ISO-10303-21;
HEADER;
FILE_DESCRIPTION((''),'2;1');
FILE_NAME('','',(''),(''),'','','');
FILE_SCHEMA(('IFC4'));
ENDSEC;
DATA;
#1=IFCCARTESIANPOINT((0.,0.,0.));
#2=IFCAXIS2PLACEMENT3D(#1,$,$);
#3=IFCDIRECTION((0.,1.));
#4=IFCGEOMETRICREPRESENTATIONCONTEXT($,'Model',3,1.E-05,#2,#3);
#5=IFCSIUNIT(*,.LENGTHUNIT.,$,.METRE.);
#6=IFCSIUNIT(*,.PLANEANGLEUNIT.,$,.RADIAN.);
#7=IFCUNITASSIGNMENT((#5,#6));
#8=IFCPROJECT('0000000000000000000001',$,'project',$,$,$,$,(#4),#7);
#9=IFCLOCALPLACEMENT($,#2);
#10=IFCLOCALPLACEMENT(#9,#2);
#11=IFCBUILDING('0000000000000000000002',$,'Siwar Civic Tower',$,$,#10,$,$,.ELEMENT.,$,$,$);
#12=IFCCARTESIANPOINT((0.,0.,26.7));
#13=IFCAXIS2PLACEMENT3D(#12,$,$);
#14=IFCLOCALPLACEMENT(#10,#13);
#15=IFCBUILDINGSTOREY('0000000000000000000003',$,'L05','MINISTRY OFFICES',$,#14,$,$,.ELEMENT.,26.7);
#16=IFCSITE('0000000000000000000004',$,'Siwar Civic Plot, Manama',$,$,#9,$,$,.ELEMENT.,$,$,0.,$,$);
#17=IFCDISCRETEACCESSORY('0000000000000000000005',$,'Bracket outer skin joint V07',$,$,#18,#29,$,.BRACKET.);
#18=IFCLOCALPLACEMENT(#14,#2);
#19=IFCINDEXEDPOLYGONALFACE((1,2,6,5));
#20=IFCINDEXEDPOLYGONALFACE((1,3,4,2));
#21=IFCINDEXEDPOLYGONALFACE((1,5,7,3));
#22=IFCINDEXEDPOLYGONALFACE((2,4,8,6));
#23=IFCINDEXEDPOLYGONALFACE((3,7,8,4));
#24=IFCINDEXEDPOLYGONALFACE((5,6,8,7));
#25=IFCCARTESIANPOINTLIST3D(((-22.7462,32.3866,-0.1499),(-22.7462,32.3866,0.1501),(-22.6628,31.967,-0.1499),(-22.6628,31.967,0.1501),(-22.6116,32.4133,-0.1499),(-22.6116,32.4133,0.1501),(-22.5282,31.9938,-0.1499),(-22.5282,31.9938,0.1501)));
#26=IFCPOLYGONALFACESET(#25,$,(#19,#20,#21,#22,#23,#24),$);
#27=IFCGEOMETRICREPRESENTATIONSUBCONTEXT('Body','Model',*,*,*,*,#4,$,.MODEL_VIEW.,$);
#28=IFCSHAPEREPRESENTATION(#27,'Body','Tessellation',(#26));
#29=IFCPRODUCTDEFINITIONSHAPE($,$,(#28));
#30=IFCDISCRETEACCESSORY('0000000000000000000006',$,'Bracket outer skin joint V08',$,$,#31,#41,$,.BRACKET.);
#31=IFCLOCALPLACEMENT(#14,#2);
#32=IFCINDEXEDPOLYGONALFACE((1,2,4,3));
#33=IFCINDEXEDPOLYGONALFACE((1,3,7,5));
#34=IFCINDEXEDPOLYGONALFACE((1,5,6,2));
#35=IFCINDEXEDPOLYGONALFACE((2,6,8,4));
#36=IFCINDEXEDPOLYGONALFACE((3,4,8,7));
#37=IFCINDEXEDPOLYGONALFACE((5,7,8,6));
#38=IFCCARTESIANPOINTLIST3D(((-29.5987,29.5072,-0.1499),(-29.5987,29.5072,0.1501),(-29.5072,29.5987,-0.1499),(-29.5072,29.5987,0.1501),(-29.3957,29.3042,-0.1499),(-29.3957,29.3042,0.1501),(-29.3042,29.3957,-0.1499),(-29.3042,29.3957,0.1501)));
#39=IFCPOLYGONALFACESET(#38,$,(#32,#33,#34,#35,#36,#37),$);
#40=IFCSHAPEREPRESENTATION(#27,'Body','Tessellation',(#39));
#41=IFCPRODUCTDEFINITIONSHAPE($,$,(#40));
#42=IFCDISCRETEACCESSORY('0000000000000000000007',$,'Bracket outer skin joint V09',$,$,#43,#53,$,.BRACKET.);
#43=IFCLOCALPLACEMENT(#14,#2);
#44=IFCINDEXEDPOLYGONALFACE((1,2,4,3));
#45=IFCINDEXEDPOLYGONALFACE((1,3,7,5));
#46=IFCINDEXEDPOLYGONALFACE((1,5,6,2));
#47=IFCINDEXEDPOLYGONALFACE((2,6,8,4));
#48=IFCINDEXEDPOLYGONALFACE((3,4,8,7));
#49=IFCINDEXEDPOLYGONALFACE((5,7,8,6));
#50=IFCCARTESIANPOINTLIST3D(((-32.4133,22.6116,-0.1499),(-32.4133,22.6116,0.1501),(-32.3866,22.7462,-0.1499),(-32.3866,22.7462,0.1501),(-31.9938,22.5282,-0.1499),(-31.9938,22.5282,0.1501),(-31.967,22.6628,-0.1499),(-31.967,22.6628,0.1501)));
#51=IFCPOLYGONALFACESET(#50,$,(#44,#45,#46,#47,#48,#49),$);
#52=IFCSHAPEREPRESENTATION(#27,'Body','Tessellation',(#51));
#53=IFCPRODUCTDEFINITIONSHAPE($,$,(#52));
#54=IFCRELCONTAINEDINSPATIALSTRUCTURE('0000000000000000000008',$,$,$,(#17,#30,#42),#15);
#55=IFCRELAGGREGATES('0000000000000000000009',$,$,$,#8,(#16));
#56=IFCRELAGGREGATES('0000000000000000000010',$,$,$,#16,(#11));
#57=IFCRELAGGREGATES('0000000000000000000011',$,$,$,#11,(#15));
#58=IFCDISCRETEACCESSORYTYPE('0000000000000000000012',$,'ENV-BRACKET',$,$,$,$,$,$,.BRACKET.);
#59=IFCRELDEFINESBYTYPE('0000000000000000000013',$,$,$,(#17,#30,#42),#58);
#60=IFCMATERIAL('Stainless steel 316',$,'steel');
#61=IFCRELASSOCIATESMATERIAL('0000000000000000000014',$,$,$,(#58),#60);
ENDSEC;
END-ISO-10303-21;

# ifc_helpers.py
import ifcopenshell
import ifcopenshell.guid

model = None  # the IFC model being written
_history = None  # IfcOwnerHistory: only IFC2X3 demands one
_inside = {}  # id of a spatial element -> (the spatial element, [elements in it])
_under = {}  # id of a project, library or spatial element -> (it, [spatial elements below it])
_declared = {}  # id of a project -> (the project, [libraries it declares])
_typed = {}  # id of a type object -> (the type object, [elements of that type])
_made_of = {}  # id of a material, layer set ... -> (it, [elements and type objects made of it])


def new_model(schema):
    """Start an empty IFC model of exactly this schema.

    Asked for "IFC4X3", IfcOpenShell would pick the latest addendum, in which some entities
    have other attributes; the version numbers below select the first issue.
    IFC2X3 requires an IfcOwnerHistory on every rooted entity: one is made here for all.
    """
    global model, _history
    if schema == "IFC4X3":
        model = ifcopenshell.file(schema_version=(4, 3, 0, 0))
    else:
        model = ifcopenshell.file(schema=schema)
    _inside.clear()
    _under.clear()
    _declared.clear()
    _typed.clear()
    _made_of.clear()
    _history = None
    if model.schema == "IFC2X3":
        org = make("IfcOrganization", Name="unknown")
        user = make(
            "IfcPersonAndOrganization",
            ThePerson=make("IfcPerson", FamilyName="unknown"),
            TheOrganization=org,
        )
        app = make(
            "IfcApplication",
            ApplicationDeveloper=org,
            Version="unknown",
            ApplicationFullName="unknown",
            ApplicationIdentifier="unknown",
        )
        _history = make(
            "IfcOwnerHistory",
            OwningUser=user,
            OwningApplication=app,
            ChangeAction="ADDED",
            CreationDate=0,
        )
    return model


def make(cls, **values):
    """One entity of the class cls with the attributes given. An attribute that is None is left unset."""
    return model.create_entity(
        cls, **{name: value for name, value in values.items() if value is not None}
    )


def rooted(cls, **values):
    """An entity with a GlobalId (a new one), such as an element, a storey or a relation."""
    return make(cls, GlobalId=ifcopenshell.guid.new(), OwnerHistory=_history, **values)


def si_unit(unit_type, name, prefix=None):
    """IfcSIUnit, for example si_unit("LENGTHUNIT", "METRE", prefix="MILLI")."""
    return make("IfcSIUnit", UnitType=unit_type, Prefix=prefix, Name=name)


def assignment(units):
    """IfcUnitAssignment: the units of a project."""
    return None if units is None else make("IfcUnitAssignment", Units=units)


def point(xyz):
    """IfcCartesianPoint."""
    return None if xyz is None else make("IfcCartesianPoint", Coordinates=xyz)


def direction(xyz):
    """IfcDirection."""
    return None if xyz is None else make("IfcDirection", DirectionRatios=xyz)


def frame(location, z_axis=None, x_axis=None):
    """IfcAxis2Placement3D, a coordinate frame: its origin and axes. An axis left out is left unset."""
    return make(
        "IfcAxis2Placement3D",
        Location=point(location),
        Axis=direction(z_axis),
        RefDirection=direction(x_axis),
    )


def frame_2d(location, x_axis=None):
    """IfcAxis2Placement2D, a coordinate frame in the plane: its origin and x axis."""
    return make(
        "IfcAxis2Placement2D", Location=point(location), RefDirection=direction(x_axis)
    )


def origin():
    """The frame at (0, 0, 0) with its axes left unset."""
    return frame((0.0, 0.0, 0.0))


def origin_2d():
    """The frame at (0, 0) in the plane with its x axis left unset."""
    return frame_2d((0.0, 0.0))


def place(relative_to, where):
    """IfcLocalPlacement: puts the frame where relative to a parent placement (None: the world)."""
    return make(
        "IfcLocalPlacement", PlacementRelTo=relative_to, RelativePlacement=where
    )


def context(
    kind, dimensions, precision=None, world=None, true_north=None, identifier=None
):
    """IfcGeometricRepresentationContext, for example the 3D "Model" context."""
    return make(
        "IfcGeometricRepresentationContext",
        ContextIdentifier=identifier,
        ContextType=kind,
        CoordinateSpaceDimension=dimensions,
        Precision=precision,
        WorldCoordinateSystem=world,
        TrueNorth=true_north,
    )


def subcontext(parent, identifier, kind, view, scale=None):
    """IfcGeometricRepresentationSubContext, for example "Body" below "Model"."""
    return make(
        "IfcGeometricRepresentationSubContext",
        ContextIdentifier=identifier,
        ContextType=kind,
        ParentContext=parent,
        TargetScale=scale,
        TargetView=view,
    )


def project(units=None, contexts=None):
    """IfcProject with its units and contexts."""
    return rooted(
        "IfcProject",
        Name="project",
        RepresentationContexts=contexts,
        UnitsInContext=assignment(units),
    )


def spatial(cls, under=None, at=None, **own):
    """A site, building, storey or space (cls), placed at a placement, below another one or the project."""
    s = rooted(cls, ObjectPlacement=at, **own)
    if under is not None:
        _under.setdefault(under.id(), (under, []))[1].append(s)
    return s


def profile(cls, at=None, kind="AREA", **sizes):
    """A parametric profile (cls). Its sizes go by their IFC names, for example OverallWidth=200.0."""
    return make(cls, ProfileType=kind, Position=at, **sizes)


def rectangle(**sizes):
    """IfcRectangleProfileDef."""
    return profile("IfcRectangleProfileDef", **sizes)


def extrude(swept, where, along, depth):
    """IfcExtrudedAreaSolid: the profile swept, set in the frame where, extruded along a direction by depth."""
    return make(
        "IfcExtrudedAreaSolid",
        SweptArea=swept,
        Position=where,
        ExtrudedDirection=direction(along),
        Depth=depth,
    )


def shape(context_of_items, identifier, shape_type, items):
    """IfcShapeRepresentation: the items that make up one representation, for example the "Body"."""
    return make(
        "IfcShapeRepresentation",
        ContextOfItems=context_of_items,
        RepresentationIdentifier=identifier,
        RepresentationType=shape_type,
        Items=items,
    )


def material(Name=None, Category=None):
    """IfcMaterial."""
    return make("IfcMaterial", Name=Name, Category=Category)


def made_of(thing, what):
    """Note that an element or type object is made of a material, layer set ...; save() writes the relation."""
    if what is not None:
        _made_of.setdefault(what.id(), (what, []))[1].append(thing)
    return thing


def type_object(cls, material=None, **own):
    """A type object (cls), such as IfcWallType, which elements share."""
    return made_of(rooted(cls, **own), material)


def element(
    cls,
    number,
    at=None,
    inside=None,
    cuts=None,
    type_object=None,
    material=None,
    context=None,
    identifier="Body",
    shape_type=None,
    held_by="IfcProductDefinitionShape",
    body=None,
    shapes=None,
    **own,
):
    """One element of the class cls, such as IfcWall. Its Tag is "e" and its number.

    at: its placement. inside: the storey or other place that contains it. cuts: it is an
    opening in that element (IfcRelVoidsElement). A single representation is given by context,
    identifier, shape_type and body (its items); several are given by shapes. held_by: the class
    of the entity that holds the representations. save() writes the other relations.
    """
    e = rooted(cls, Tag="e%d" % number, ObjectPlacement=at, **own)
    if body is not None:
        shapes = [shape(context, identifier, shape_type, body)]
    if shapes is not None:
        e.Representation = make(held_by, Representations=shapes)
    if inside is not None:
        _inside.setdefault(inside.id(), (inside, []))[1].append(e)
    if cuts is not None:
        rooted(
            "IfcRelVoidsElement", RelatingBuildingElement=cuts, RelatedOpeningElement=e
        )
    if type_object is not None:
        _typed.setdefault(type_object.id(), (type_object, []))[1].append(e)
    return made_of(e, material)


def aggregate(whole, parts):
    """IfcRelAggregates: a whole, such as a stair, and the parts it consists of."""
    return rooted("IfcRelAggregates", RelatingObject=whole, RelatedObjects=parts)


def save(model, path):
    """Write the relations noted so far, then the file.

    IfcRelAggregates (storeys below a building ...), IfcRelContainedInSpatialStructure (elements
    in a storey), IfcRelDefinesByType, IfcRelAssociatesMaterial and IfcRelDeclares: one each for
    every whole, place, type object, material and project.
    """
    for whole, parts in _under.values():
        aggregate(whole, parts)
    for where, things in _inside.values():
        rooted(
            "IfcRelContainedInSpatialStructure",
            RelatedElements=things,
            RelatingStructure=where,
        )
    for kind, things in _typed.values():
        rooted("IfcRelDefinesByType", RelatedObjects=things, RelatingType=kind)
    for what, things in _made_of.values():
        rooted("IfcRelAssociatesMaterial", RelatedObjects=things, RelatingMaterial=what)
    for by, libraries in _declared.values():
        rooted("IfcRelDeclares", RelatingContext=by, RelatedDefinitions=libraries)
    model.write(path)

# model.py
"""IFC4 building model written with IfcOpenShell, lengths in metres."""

from ifc_helpers import new_model, si_unit, direction, frame, origin, origin_2d, place, context, subcontext, project, spatial, rectangle, extrude, material, type_object, element, save


model = new_model("IFC4")

# Units and contexts
model_context = context("Model", 3, precision=1e-05, world=origin(), true_north=direction((0.0, 1.0)))
body_context = subcontext(model_context, "Body", "Model", "MODEL_VIEW")
ifc_project = project(units=[si_unit("LENGTHUNIT", "METRE"), si_unit("PLANEANGLEUNIT", "RADIAN")], contexts=[model_context])

# Site, building, storey
site_placement = place(None, origin())
site = spatial("IfcSite", under=ifc_project, at=site_placement, Name="Siwar Civic Plot, Manama", CompositionType="ELEMENT", RefElevation=0.0)
building_placement = place(site_placement, origin())
building = spatial("IfcBuilding", under=site, at=building_placement, Name="Siwar Civic Tower", CompositionType="ELEMENT")
storey_placement = place(building_placement, frame((0.0, 0.0, 26.7)))
storey = spatial("IfcBuildingStorey", under=building, at=storey_placement, Name="L05", Description="MINISTRY OFFICES", CompositionType="ELEMENT", Elevation=26.7)

# Discrete accessories
ifc_material_1 = material(Name="Stainless steel 316", Category="steel")
discrete_accessory_type = type_object("IfcDiscreteAccessoryType", Name="ENV-BRACKET", PredefinedType="BRACKET", material=ifc_material_1)
discrete_accessory_1_placement = place(storey_placement, frame((-22.6372, 32.1902, -0.1499), z_axis=(0.0, 0.0, 1.0), x_axis=(-0.19509, 0.980785, 0.0)))
element("IfcDiscreteAccessory", 1, at=discrete_accessory_1_placement, inside=storey, type_object=discrete_accessory_type, Name="Bracket outer skin joint V07", PredefinedType="BRACKET", context=body_context, shape_type="SweptSolid", body=[
    extrude(rectangle(XDim=0.4277, YDim=0.1372, at=origin_2d()), origin(), (0.0, 0.0, 1.0), 0.3),
])
discrete_accessory_2_placement = place(storey_placement, frame((-29.4514, 29.4514, -0.1499), z_axis=(0.0, 0.0, 1.0), x_axis=(-0.707107, 0.707107, 0.0)))
element("IfcDiscreteAccessory", 2, at=discrete_accessory_2_placement, inside=storey, type_object=discrete_accessory_type, Name="Bracket outer skin joint V08", PredefinedType="BRACKET", context=body_context, shape_type="SweptSolid", body=[
    extrude(rectangle(XDim=0.2871, YDim=0.1294, at=origin_2d()), origin(), (0.0, 0.0, 1.0), 0.3),
])
discrete_accessory_3_placement = place(storey_placement, frame((-32.1902, 22.6372, -0.1499), z_axis=(0.0, 0.0, 1.0), x_axis=(-0.980785, 0.19509, 0.0)))
element("IfcDiscreteAccessory", 3, at=discrete_accessory_3_placement, inside=storey, type_object=discrete_accessory_type, Name="Bracket outer skin joint V09", PredefinedType="BRACKET", context=body_context, shape_type="SweptSolid", body=[
    extrude(rectangle(XDim=0.4277, YDim=0.1372, at=origin_2d()), origin(), (0.0, 0.0, 1.0), 0.3),
])

save(model, "model.ifc")
